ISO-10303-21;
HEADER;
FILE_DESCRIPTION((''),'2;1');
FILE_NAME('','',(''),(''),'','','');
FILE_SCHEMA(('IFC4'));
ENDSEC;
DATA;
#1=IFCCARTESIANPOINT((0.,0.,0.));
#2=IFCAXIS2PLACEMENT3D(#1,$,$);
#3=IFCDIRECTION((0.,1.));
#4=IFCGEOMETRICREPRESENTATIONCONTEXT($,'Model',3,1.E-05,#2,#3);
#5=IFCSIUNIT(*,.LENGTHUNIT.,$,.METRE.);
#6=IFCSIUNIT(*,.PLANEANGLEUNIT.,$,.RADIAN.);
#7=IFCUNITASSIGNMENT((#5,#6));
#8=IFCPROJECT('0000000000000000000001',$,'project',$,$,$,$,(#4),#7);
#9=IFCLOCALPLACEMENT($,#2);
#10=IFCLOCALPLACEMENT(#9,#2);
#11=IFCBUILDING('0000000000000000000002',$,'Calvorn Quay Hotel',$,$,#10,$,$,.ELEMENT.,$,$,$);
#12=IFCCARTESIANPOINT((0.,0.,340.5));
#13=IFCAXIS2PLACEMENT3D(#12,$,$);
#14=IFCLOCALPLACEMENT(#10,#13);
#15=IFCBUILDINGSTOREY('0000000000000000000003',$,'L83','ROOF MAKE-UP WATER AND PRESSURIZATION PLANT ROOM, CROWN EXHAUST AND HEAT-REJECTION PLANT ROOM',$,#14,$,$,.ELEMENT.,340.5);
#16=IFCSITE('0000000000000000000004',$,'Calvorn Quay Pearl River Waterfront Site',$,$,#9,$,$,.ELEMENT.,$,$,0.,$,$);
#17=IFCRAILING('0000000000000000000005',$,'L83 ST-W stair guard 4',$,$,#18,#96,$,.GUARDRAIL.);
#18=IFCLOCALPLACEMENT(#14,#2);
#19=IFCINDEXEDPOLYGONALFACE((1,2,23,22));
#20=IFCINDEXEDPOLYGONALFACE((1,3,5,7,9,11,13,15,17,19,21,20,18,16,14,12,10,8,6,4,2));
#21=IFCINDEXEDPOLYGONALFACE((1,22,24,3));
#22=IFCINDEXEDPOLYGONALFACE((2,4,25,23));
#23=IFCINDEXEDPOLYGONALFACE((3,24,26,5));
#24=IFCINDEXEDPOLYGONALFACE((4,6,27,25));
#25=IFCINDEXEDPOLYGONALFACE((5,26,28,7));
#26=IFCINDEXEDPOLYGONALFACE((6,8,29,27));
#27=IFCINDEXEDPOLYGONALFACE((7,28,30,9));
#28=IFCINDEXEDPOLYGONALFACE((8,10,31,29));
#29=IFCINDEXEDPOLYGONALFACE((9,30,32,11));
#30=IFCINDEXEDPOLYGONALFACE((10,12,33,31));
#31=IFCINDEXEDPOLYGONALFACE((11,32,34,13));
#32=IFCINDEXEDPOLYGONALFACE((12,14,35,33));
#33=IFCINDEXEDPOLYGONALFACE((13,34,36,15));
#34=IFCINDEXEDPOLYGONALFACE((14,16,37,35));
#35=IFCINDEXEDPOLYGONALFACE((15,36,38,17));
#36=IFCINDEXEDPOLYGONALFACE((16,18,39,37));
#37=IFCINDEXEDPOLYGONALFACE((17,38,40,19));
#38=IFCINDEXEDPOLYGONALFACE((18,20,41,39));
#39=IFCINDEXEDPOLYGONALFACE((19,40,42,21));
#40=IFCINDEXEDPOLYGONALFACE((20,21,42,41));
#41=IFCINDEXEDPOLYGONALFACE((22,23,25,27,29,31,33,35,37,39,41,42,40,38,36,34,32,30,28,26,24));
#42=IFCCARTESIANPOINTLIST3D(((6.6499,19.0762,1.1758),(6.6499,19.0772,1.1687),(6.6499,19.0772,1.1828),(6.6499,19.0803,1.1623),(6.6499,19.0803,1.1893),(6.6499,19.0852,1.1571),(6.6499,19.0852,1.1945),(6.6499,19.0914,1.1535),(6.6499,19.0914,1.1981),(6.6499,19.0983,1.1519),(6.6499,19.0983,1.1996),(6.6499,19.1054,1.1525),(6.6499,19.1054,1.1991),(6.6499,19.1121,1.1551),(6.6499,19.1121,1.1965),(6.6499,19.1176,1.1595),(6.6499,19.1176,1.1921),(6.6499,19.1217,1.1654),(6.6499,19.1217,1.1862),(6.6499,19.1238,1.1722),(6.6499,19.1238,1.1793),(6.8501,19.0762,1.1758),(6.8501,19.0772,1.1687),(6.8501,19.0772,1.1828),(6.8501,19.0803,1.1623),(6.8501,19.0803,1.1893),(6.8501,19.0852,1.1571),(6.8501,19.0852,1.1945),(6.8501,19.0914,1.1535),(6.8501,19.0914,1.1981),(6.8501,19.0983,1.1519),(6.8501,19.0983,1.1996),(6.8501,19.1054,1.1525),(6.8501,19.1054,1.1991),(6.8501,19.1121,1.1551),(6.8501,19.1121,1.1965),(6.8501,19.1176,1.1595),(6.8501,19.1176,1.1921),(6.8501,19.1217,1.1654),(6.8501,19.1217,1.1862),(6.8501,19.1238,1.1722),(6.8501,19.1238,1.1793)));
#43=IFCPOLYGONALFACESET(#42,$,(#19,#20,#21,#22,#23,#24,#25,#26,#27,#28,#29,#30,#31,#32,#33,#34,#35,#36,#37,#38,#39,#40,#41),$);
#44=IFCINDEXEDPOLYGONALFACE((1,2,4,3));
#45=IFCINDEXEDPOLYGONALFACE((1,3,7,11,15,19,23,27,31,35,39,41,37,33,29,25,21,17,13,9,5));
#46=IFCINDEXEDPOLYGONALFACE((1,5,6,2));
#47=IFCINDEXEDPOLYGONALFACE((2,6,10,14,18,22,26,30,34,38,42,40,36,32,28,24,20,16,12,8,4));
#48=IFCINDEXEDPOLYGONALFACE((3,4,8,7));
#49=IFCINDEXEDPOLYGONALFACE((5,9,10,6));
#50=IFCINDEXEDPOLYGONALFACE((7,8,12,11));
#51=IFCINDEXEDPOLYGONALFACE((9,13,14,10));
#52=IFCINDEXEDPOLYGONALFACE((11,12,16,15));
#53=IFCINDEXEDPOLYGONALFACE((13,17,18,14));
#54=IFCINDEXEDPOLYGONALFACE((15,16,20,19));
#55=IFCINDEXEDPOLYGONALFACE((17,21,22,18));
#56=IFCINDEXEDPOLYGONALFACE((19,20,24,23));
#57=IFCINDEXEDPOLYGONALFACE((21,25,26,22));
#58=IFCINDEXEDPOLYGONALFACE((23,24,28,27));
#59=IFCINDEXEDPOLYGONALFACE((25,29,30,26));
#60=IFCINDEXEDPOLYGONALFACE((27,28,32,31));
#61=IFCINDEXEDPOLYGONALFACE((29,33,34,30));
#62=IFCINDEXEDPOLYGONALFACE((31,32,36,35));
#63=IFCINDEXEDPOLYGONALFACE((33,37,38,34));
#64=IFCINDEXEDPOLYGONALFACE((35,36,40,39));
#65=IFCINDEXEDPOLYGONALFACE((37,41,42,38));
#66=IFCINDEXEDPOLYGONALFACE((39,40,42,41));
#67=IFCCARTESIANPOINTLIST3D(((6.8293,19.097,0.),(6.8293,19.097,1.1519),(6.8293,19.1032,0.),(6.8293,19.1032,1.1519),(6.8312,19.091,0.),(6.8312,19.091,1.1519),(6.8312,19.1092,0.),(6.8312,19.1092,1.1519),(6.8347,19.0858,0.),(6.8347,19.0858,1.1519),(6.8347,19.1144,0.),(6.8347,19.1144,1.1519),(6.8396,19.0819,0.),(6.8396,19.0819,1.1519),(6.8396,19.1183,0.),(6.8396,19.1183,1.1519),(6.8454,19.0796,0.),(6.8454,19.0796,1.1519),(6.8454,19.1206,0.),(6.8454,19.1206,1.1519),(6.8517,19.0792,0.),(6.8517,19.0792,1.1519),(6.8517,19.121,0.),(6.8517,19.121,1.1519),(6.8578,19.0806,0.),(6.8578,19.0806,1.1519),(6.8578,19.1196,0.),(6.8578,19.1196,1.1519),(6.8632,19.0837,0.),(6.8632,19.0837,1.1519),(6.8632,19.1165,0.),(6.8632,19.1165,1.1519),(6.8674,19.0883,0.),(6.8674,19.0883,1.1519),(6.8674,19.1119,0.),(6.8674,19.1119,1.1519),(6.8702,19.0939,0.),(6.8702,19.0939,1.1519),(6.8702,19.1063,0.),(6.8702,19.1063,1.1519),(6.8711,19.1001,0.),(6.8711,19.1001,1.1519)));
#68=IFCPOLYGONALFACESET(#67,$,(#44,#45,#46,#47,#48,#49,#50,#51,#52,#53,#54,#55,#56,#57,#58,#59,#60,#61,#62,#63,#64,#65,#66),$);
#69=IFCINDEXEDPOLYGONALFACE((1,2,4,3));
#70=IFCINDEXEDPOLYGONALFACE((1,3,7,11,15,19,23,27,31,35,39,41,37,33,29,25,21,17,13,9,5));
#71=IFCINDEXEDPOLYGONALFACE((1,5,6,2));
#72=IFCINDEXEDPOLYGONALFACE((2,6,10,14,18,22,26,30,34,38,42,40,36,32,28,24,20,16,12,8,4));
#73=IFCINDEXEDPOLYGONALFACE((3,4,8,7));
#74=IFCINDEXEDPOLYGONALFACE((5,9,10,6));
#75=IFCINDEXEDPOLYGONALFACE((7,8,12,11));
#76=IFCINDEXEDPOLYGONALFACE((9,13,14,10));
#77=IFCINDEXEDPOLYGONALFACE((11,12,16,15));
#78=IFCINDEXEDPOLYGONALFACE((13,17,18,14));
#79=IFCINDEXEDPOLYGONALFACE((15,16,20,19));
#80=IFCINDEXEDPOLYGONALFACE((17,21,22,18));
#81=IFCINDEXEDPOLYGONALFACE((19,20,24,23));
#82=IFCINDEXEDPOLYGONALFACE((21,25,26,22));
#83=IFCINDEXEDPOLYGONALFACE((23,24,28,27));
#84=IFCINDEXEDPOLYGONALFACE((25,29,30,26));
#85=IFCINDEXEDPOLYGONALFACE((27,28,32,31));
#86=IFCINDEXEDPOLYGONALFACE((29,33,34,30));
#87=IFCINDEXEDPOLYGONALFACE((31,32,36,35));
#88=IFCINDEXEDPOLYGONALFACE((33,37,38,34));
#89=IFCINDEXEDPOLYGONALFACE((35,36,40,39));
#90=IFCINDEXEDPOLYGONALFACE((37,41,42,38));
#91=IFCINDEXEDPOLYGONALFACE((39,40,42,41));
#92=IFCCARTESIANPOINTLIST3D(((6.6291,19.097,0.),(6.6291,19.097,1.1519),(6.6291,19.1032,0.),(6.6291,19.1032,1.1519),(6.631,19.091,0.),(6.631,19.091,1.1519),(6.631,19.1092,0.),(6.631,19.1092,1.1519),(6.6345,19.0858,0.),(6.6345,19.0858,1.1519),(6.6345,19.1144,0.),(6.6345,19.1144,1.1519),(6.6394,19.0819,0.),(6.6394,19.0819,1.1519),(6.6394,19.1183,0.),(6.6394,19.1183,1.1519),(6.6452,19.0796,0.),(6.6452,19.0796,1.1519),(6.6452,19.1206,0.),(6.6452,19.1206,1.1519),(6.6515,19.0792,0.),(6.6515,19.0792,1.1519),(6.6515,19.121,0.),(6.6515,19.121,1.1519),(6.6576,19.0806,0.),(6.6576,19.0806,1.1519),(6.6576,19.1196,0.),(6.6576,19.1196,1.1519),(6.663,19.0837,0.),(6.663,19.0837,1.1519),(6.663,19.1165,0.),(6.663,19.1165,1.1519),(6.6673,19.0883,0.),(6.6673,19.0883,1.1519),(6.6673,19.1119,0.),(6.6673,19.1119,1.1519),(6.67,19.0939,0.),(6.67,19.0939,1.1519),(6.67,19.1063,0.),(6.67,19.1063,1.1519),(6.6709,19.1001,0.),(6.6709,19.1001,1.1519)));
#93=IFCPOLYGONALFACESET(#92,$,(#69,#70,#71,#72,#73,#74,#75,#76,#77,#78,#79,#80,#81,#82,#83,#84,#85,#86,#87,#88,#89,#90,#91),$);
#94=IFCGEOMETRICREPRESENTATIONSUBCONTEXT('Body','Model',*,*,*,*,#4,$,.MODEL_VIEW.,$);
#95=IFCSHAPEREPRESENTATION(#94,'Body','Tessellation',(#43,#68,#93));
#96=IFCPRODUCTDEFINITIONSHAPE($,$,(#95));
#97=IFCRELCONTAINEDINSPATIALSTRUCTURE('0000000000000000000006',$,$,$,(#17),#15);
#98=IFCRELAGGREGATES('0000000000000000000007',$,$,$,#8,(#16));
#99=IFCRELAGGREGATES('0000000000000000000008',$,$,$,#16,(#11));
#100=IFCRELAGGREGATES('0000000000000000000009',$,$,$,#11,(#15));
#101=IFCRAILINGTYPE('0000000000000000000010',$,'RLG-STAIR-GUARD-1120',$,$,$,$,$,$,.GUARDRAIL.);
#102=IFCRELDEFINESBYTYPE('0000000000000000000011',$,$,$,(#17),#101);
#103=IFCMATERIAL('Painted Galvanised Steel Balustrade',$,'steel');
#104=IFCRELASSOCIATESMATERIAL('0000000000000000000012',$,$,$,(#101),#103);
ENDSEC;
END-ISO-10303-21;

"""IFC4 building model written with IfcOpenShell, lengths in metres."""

from ifc_helpers import new_model, si_unit, direction, frame, origin, origin_2d, place, context, subcontext, project, spatial, circle, extrude, material, type_object, element, save


model = new_model("IFC4")

# Units and contexts
model_context = context("Model", 3, precision=1e-05, world=origin(), true_north=direction((0.0, 1.0)))
body_context = subcontext(model_context, "Body", "Model", "MODEL_VIEW")
ifc_project = project(units=[si_unit("LENGTHUNIT", "METRE"), si_unit("PLANEANGLEUNIT", "RADIAN")], contexts=[model_context])

# Site, building, storey
site_placement = place(None, origin())
site = spatial("IfcSite", under=ifc_project, at=site_placement, Name="Calvorn Quay Pearl River Waterfront Site", CompositionType="ELEMENT", RefElevation=0.0)
building_placement = place(site_placement, origin())
building = spatial("IfcBuilding", under=site, at=building_placement, Name="Calvorn Quay Hotel", CompositionType="ELEMENT")
storey_placement = place(building_placement, frame((0.0, 0.0, 340.5)))
storey = spatial("IfcBuildingStorey", under=building, at=storey_placement, Name="L83", Description="ROOF MAKE-UP WATER AND PRESSURIZATION PLANT ROOM, CROWN EXHAUST AND HEAT-REJECTION PLANT ROOM", CompositionType="ELEMENT", Elevation=340.5)

# Railing
ifc_material_1 = material(Name="Painted Galvanised Steel Balustrade", Category="steel")
railing_type_1 = type_object("IfcRailingType", Name="RLG-STAIR-GUARD-1120", PredefinedType="GUARDRAIL", material=ifc_material_1)
railing_1_placement = place(storey_placement, frame((6.8501, 19.1001, 0.0)))
element("IfcRailing", 1, at=railing_1_placement, inside=storey, type_object=railing_type_1, Name="L83 ST-W stair guard 4", PredefinedType="GUARDRAIL", context=body_context, shape_type="SweptSolid", body=[
    extrude(circle(Radius=0.0239, at=origin_2d()), frame((0.0, 0.0, 1.1758), z_axis=(-1.0, 0.0, 0.0), x_axis=(0.0, -1.0, 0.0)), (0.0, 0.0, 1.0), 0.2002),
    extrude(circle(Radius=0.021, at=origin_2d()), origin(), (0.0, 0.0, 1.0), 1.1519),
    extrude(circle(Radius=0.021, at=origin_2d()), frame((-0.2002, 0.0, 0.0)), (0.0, 0.0, 1.0), 1.1519),
])

save(model, "model.ifc")
